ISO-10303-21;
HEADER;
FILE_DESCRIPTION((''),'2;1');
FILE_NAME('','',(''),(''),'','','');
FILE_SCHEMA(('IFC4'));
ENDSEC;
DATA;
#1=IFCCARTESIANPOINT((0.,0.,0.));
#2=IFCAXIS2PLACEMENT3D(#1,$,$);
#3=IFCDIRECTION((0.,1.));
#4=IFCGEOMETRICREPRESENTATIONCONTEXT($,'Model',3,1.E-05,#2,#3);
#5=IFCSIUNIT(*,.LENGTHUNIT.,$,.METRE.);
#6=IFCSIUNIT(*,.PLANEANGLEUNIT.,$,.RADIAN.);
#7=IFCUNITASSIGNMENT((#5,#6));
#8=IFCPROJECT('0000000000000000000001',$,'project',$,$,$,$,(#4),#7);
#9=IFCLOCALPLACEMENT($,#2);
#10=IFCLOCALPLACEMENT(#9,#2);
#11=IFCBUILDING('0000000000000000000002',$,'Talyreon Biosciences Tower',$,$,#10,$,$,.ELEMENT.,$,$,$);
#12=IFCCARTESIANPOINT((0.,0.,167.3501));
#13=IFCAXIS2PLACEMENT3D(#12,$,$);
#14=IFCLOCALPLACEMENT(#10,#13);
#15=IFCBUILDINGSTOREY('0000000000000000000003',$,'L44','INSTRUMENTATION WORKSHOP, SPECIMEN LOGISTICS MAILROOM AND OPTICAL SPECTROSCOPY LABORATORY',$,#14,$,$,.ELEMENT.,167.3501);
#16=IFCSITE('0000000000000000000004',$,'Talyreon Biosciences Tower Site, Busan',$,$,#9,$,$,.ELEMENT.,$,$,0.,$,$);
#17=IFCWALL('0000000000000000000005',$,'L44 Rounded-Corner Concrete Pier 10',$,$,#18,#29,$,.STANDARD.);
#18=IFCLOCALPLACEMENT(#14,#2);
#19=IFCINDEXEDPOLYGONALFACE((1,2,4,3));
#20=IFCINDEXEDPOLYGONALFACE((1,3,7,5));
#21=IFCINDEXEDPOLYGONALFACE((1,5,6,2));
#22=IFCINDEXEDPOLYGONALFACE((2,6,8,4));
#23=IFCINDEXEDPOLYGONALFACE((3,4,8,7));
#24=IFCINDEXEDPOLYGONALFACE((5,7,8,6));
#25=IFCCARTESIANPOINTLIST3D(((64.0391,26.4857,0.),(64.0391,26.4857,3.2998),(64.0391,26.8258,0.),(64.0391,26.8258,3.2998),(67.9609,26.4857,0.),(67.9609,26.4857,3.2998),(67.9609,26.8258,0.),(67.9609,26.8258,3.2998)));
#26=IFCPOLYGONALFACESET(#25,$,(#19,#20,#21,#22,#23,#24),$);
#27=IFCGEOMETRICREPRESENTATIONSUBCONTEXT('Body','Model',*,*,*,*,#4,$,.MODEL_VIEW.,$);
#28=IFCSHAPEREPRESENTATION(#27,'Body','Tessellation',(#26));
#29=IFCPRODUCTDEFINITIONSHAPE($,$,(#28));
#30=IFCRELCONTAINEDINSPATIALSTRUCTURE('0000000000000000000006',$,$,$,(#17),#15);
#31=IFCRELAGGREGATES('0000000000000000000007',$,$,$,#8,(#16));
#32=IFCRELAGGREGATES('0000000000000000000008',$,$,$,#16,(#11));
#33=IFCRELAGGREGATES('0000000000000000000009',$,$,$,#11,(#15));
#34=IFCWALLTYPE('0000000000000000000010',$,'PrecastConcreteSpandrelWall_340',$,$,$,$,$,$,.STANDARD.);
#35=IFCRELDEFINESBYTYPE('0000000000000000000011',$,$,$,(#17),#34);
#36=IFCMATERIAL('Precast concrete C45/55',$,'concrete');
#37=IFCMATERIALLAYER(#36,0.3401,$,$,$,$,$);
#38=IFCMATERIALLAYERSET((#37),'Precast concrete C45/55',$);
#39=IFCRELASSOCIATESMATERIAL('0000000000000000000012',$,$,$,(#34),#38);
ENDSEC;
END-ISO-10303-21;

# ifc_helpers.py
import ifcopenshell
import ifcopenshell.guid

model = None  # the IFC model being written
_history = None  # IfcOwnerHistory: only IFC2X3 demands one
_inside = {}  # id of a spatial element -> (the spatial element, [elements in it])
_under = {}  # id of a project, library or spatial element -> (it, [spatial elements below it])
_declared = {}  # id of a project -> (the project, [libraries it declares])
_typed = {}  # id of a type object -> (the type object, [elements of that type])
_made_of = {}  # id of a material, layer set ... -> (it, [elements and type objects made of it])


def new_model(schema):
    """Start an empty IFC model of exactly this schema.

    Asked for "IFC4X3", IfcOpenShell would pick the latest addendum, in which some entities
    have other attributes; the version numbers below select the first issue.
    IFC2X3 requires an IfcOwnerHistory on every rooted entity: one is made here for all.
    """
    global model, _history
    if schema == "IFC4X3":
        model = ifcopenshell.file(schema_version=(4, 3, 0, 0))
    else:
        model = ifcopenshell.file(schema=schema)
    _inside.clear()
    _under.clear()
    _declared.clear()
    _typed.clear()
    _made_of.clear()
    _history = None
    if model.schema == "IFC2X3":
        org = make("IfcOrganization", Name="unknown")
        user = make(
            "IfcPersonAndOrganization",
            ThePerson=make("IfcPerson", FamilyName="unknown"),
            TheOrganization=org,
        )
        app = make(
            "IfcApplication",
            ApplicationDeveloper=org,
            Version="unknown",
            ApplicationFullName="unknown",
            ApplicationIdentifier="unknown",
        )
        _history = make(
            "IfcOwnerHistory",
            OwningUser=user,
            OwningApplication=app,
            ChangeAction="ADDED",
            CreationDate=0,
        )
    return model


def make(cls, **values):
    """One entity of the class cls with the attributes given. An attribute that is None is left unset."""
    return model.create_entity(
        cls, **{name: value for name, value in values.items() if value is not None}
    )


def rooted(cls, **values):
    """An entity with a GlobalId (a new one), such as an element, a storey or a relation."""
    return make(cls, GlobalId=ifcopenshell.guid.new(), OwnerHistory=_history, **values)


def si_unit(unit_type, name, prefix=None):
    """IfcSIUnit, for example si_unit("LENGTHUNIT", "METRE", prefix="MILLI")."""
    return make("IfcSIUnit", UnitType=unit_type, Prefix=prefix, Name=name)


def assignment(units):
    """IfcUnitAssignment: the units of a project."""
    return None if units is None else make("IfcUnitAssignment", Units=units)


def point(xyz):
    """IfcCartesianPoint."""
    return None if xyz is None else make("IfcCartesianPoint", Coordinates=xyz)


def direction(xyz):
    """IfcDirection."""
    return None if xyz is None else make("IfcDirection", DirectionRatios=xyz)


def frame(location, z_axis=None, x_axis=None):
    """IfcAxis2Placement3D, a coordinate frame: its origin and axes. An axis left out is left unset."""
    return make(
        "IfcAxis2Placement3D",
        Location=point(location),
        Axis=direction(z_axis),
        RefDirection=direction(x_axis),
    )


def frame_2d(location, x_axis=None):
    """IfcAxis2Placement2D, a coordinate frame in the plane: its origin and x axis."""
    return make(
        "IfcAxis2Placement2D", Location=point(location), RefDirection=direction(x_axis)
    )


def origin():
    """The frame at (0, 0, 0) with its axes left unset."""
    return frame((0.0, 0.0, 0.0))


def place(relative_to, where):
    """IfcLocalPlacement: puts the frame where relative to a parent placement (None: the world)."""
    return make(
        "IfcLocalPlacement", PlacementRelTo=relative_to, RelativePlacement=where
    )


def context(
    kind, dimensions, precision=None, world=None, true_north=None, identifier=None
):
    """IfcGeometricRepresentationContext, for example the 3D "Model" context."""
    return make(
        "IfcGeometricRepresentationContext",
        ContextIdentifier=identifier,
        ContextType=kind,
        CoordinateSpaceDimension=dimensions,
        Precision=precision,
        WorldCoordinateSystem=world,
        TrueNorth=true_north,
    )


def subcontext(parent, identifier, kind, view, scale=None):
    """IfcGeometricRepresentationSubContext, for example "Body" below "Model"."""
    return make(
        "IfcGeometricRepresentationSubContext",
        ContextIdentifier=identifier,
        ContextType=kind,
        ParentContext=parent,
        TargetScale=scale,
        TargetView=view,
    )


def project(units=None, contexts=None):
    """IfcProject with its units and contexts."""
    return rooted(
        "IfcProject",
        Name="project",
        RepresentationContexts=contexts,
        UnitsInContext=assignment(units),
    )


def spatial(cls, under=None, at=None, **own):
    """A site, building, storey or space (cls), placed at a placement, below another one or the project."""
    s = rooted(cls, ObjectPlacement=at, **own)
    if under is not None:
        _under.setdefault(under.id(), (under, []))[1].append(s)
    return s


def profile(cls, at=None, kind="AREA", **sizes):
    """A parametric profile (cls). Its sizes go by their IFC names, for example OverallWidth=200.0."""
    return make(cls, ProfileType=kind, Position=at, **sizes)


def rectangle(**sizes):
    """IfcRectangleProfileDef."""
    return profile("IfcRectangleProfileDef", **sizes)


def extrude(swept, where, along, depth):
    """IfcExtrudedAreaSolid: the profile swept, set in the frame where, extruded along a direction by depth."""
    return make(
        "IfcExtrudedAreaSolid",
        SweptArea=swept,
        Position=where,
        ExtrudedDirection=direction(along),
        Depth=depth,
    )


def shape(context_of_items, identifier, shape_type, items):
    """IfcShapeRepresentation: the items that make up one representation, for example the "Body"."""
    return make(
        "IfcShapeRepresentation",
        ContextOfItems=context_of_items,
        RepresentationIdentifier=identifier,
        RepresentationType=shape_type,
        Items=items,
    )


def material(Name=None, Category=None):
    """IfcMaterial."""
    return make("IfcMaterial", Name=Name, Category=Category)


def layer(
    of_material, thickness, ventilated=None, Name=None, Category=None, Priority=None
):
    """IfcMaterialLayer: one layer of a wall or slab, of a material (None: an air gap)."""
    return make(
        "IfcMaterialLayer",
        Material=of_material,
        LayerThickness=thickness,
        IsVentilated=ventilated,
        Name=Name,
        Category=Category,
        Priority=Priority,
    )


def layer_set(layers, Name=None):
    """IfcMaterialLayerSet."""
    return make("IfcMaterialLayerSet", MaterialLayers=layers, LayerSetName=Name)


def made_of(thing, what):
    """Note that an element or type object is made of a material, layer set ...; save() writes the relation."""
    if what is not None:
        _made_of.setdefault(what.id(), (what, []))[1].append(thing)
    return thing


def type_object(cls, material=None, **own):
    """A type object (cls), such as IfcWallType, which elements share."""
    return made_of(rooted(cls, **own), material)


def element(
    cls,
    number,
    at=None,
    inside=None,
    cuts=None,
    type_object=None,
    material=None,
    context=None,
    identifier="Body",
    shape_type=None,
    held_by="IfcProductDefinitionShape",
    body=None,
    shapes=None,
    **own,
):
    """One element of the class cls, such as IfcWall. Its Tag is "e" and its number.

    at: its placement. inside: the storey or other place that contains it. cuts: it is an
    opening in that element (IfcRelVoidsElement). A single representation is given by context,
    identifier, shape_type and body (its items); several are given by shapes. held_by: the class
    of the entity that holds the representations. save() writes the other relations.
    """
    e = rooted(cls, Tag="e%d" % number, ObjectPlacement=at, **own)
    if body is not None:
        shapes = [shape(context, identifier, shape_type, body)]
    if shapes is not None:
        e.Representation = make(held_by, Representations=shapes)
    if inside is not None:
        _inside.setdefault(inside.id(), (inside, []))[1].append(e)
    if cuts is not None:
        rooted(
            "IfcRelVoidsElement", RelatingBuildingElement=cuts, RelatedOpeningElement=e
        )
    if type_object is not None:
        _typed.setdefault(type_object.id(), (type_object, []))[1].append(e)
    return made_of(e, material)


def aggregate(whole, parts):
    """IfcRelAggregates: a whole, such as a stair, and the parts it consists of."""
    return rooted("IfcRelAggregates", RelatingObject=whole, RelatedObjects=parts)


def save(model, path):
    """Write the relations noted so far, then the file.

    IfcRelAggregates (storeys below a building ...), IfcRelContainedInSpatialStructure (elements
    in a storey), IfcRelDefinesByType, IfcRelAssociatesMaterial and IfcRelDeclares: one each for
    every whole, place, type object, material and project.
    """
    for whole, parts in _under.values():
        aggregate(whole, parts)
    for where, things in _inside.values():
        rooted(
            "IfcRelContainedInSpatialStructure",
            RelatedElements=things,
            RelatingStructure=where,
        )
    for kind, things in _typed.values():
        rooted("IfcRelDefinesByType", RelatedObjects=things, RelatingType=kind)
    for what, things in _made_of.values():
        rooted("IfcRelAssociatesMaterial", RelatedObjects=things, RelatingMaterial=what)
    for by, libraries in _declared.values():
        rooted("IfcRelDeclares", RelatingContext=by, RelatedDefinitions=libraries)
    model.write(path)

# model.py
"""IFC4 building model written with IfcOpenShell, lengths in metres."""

from ifc_helpers import new_model, si_unit, direction, frame, frame_2d, origin, place, context, subcontext, project, spatial, rectangle, extrude, material, layer, layer_set, type_object, element, save


model = new_model("IFC4")

# Units and contexts
model_context = context("Model", 3, precision=1e-05, world=origin(), true_north=direction((0.0, 1.0)))
body_context = subcontext(model_context, "Body", "Model", "MODEL_VIEW")
ifc_project = project(units=[si_unit("LENGTHUNIT", "METRE"), si_unit("PLANEANGLEUNIT", "RADIAN")], contexts=[model_context])

# Site, building, storey
site_placement = place(None, origin())
site = spatial("IfcSite", under=ifc_project, at=site_placement, Name="Talyreon Biosciences Tower Site, Busan", CompositionType="ELEMENT", RefElevation=0.0)
building_placement = place(site_placement, origin())
building = spatial("IfcBuilding", under=site, at=building_placement, Name="Talyreon Biosciences Tower", CompositionType="ELEMENT")
storey_placement = place(building_placement, frame((0.0, 0.0, 167.3501)))
storey = spatial("IfcBuildingStorey", under=building, at=storey_placement, Name="L44", Description="INSTRUMENTATION WORKSHOP, SPECIMEN LOGISTICS MAILROOM AND OPTICAL SPECTROSCOPY LABORATORY", CompositionType="ELEMENT", Elevation=167.3501)

# Shared definitions
ifc_material_1 = material(Name="Precast concrete C45/55", Category="concrete")

# Wall
ifc_layer_1 = layer(ifc_material_1, 0.3401)
ifc_layer_set_1 = layer_set([ifc_layer_1], Name="Precast concrete C45/55")
wall_type_1 = type_object("IfcWallType", Name="PrecastConcreteSpandrelWall_340", PredefinedType="STANDARD", material=ifc_layer_set_1)
wall_1_placement = place(storey_placement, frame((67.9609, 26.6558, 0.0), z_axis=(0.0, 0.0, 1.0), x_axis=(-1.0, 0.0, 0.0)))
element("IfcWall", 1, at=wall_1_placement, inside=storey, type_object=wall_type_1, Name="L44 Rounded-Corner Concrete Pier 10", PredefinedType="STANDARD", context=body_context, shape_type="SweptSolid", body=[
    extrude(rectangle(XDim=3.9219, YDim=0.3401, at=frame_2d((1.9609, 0.0))), origin(), (0.0, 0.0, 1.0), 3.2998),
])

save(model, "model.ifc")
